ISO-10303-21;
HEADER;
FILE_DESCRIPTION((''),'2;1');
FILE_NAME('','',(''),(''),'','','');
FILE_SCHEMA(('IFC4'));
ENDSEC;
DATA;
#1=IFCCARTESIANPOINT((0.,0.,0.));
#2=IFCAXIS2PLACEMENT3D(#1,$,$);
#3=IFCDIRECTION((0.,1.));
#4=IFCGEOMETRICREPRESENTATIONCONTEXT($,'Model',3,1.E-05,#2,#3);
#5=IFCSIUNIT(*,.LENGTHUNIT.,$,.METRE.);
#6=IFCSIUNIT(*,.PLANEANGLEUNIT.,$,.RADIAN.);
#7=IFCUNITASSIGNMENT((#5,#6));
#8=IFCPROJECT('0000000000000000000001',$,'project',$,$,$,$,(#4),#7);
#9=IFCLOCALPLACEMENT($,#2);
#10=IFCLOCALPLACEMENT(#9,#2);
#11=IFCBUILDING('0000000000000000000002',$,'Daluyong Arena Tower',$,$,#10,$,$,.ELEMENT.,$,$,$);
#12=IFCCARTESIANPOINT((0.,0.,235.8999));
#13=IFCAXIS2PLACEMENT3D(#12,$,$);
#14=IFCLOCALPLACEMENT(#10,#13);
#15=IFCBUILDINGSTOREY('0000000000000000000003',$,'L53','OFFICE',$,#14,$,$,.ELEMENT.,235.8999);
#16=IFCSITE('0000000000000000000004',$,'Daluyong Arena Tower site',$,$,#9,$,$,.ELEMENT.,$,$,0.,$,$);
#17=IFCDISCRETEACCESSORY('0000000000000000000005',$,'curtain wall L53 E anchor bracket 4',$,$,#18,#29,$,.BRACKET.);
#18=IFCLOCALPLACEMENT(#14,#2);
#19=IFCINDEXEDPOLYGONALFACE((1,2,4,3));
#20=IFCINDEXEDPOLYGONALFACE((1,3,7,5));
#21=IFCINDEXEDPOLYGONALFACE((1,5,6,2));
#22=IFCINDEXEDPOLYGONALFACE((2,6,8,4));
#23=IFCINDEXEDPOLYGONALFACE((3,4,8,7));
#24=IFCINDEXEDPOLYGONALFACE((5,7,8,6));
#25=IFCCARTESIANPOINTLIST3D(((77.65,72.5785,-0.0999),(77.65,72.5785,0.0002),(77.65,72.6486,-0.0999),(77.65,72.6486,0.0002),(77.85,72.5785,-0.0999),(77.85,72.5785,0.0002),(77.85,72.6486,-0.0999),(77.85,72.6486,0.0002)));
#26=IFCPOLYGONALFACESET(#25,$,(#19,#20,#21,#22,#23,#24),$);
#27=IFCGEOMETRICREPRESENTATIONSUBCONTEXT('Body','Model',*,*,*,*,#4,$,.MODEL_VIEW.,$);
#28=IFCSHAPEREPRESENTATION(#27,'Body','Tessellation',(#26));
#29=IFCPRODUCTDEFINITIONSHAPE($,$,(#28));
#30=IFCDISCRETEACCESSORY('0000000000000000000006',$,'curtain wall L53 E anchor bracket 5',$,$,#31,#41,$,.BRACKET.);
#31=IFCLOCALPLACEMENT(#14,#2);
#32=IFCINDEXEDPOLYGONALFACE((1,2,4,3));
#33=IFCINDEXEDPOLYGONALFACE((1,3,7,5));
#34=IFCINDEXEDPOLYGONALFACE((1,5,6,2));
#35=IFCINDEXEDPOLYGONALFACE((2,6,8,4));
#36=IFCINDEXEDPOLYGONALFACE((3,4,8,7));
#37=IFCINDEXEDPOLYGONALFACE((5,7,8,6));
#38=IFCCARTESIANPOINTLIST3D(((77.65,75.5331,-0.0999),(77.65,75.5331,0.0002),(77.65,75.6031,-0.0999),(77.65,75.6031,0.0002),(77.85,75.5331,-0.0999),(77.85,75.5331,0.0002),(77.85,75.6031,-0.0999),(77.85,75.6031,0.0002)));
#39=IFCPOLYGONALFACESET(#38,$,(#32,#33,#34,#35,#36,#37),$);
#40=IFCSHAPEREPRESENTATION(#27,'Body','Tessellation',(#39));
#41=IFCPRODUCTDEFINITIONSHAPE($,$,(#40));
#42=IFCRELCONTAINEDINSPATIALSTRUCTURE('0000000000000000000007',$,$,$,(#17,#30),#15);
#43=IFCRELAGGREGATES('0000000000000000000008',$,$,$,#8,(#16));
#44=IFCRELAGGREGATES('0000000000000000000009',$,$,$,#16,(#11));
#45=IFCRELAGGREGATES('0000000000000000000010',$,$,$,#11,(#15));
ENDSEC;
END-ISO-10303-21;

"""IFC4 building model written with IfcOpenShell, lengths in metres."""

from ifc_helpers import new_model, si_unit, direction, frame, origin, origin_2d, place, context, subcontext, project, spatial, rectangle, extrude, element, save


model = new_model("IFC4")

# Units and contexts
model_context = context("Model", 3, precision=1e-05, world=origin(), true_north=direction((0.0, 1.0)))
body_context = subcontext(model_context, "Body", "Model", "MODEL_VIEW")
ifc_project = project(units=[si_unit("LENGTHUNIT", "METRE"), si_unit("PLANEANGLEUNIT", "RADIAN")], contexts=[model_context])

# Site, building, storey
site_placement = place(None, origin())
site = spatial("IfcSite", under=ifc_project, at=site_placement, Name="Daluyong Arena Tower site", CompositionType="ELEMENT", RefElevation=0.0)
building_placement = place(site_placement, origin())
building = spatial("IfcBuilding", under=site, at=building_placement, Name="Daluyong Arena Tower", CompositionType="ELEMENT")
storey_placement = place(building_placement, frame((0.0, 0.0, 235.8999)))
storey = spatial("IfcBuildingStorey", under=building, at=storey_placement, Name="L53", Description="OFFICE", CompositionType="ELEMENT", Elevation=235.8999)

# Discrete accessories
for number, where, z_axis, x_axis, name in (
    (1, (77.75, 72.6135, -0.0999), (0.0, 0.0, 1.0), (0.0, 1.0, 0.0), "curtain wall L53 E anchor bracket 4"),
    (2, (77.75, 75.5681, -0.0999), (0.0, 0.0, 1.0), (0.0, 1.0, 0.0), "curtain wall L53 E anchor bracket 5"),
):
    element("IfcDiscreteAccessory", number, at=place(storey_placement, frame(where, z_axis=z_axis, x_axis=x_axis)), inside=storey, Name=name, PredefinedType="BRACKET", context=body_context, shape_type="SweptSolid", body=[
        extrude(rectangle(XDim=0.0701, YDim=0.2, at=origin_2d()), origin(), (0.0, 0.0, 1.0), 0.1001),
    ])

save(model, "model.ifc")
